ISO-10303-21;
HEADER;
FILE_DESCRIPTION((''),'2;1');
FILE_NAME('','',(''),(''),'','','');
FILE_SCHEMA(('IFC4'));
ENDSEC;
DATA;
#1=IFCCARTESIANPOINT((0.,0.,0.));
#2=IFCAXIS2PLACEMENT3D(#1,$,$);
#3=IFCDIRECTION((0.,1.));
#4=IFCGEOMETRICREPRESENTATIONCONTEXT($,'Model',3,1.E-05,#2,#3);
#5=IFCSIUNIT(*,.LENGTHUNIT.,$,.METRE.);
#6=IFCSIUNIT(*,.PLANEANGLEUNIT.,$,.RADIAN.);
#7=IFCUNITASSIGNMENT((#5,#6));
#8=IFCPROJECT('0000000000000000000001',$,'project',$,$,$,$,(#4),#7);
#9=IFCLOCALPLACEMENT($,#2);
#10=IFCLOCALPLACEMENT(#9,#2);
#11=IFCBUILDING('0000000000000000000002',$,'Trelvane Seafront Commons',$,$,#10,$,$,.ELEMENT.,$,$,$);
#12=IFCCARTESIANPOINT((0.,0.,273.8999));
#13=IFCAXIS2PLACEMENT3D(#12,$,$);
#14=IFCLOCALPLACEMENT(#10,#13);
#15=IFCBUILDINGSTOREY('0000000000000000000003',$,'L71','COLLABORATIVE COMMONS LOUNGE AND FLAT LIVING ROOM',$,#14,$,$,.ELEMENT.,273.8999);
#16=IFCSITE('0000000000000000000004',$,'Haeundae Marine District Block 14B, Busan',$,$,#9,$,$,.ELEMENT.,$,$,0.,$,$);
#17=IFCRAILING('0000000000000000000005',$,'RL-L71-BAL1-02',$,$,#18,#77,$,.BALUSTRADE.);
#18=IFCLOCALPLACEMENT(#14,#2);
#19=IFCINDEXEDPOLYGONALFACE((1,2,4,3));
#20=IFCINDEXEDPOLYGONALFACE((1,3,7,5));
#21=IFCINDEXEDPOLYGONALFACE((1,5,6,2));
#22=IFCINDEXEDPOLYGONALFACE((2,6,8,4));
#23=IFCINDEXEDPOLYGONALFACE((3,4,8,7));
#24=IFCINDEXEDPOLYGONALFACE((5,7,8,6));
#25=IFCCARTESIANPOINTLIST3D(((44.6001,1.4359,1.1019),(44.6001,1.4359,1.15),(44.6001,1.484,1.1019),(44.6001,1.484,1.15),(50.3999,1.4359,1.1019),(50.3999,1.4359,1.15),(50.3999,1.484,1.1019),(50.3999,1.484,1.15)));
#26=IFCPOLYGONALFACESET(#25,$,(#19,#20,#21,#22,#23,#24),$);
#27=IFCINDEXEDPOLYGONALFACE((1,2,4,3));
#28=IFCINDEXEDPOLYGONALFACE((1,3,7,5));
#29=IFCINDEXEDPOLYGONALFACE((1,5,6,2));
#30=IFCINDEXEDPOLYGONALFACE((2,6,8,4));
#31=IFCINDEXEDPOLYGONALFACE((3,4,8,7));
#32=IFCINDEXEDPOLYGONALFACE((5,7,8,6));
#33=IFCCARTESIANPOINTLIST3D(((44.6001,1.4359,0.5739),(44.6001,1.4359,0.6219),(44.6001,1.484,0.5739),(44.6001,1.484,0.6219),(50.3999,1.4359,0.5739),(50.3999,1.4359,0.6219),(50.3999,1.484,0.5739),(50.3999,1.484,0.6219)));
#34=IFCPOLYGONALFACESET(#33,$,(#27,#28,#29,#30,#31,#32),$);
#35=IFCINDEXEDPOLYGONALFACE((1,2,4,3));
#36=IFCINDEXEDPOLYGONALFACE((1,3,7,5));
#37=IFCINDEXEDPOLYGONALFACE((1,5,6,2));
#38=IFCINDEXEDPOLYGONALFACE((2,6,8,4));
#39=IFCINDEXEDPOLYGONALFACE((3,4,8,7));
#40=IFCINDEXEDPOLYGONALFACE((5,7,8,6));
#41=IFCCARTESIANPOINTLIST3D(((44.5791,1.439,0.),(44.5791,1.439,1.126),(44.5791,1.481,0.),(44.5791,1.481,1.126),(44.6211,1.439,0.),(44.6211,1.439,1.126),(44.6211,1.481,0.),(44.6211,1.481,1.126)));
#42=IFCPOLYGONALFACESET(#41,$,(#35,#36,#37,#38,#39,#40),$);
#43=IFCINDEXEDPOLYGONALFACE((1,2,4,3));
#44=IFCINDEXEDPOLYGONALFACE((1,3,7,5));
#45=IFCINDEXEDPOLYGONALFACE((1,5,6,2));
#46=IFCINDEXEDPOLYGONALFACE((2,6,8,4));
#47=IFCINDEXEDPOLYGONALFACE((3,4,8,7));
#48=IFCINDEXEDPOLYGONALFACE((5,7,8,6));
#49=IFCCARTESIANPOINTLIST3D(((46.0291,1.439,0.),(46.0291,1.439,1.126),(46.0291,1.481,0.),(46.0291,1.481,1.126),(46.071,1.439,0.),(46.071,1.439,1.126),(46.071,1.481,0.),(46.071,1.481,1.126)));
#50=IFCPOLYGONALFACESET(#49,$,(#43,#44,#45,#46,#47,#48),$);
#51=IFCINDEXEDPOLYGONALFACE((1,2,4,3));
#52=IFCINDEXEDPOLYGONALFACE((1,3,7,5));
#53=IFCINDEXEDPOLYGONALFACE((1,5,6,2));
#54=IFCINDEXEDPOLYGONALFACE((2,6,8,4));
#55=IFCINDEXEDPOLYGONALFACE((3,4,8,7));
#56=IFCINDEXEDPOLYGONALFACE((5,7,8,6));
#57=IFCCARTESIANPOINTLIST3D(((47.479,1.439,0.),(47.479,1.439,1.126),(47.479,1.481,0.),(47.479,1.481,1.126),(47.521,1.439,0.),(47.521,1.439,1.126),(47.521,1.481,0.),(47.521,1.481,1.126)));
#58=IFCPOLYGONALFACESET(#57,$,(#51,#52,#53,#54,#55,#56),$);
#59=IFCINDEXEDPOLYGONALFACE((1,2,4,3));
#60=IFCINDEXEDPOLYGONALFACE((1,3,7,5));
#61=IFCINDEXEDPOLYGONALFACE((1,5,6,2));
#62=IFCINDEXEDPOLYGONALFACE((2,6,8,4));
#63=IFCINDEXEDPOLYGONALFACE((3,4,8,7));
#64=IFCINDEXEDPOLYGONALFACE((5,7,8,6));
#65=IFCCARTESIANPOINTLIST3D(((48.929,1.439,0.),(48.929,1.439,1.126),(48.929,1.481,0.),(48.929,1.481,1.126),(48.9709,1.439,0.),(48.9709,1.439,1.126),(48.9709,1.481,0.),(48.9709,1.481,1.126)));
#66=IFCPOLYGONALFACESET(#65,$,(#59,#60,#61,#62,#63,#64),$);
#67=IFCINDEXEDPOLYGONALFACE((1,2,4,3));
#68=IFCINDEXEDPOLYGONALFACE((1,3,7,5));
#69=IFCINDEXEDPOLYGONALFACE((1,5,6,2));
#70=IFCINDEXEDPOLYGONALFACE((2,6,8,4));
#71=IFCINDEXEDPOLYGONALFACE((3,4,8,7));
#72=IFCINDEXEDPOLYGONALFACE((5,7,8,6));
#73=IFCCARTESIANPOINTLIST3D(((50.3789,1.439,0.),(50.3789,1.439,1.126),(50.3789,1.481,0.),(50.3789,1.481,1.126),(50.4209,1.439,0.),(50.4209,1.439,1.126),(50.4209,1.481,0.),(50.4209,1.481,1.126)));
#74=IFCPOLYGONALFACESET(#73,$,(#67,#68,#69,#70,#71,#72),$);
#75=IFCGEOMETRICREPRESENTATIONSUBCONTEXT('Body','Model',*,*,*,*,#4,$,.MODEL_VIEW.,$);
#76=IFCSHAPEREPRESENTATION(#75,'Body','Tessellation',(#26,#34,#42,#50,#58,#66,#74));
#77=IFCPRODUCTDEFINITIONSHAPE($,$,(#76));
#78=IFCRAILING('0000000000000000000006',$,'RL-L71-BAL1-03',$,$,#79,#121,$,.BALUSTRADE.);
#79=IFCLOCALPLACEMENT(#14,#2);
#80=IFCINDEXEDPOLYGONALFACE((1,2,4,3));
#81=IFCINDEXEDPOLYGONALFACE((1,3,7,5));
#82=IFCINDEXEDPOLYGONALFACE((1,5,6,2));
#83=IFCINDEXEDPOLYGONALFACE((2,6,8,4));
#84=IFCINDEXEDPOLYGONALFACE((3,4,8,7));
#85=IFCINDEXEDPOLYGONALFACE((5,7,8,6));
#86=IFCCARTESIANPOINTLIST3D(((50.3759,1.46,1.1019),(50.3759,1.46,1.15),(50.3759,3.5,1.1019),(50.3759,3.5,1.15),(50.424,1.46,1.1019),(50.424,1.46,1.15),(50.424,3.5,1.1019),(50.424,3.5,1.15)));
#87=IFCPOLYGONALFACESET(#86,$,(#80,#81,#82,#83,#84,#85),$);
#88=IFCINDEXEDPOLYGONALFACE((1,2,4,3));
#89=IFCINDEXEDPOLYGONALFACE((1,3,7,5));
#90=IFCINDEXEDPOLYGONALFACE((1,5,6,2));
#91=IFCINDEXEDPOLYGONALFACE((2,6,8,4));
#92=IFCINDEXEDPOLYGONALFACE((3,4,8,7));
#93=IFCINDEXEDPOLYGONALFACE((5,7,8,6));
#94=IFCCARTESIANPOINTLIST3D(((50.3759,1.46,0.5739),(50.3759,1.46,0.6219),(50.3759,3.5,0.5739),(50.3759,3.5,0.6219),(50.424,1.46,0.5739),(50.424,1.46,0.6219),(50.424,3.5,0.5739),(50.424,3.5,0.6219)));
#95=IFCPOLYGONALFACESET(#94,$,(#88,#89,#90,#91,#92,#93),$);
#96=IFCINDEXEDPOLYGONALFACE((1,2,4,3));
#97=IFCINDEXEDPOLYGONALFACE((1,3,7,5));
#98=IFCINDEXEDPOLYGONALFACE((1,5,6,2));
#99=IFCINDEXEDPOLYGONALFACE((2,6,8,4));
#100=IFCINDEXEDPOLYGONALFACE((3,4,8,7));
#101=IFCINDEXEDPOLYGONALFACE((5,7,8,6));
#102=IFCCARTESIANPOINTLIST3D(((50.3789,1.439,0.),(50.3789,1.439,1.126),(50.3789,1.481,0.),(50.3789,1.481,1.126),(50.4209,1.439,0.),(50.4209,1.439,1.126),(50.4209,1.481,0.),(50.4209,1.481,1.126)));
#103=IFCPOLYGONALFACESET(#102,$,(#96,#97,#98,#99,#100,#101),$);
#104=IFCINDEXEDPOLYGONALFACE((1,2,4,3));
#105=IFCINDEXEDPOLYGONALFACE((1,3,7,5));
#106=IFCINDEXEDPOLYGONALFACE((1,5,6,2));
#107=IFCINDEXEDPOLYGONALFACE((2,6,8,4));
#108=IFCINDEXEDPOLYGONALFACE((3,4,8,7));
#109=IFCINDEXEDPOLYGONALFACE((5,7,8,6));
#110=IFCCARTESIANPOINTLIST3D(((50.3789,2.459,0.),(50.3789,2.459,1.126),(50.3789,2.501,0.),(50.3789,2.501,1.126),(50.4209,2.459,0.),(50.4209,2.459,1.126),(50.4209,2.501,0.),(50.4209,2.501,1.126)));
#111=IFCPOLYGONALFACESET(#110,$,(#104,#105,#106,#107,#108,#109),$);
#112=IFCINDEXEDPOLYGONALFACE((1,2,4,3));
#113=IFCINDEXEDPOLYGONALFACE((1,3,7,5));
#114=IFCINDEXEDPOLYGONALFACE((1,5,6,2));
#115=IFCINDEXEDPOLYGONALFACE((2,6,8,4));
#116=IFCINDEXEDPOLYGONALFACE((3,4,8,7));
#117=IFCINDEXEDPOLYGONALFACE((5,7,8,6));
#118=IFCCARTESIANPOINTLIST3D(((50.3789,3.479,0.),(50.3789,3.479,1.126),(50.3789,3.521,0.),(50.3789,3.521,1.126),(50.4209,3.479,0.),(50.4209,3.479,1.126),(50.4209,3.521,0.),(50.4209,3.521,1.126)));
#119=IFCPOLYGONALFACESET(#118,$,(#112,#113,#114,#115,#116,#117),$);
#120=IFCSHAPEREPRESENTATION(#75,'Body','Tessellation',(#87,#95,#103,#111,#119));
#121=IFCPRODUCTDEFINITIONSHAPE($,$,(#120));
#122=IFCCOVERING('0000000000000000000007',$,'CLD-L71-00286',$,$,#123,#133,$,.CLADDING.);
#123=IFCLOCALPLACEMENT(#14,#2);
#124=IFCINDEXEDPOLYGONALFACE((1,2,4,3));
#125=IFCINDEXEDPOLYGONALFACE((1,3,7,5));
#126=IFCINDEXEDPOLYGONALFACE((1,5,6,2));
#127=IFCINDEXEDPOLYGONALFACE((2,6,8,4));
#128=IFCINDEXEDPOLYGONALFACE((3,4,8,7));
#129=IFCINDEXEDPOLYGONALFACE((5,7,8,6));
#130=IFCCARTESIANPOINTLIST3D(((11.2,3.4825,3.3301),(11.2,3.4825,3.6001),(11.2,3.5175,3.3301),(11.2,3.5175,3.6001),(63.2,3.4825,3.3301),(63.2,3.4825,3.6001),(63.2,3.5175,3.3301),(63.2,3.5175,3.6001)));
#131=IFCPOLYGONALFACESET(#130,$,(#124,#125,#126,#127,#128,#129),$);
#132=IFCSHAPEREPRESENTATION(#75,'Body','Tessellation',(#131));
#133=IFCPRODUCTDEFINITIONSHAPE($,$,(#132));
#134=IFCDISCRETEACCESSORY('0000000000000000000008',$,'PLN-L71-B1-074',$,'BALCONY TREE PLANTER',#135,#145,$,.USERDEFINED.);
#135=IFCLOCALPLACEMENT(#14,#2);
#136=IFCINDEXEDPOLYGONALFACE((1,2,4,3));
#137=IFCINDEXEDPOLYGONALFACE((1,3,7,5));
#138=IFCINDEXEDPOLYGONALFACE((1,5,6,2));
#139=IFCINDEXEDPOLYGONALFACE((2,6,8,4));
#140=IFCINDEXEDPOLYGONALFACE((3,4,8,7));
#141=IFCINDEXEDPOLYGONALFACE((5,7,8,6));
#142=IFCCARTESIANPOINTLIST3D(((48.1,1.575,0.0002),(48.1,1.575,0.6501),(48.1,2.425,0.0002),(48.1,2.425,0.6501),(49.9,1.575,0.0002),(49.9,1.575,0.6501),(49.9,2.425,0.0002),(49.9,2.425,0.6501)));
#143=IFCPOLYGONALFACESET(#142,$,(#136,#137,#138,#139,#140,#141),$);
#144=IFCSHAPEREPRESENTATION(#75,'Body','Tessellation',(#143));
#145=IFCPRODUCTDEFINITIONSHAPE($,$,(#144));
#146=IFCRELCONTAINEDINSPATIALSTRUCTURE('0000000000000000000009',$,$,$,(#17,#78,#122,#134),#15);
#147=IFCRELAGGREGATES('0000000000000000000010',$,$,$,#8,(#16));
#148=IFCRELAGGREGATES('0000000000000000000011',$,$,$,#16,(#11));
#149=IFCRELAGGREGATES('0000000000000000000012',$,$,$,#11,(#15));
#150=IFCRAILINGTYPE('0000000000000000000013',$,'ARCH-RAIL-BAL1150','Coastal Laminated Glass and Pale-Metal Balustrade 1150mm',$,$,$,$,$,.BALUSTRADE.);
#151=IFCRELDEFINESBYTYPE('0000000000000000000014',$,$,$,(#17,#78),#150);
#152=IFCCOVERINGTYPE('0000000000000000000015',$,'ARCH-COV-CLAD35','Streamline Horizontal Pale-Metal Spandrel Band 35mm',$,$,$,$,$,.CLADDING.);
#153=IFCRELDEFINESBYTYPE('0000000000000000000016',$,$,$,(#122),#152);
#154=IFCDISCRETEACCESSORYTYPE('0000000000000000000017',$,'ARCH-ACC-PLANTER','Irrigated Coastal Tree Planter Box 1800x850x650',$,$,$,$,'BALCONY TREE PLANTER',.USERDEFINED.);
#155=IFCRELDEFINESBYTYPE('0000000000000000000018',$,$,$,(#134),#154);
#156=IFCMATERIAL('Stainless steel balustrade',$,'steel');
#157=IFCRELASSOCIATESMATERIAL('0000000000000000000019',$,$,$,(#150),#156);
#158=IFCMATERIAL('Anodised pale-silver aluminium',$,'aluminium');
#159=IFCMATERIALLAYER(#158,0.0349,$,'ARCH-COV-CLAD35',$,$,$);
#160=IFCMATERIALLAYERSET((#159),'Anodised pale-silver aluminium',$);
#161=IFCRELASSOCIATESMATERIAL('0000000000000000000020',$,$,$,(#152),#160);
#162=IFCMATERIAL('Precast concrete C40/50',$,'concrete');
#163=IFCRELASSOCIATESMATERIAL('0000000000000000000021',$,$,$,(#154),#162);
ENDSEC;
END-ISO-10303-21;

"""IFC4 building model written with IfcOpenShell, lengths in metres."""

from ifc_helpers import new_model, si_unit, direction, frame, origin, origin_2d, place, context, subcontext, project, spatial, rectangle, extrude, source, transform, mapped, material, layer, layer_set, type_object, element, save


model = new_model("IFC4")

# Units and contexts
model_context = context("Model", 3, precision=1e-05, world=origin(), true_north=direction((0.0, 1.0)))
body_context = subcontext(model_context, "Body", "Model", "MODEL_VIEW")
ifc_project = project(units=[si_unit("LENGTHUNIT", "METRE"), si_unit("PLANEANGLEUNIT", "RADIAN")], contexts=[model_context])

# Site, building, storey
site_placement = place(None, origin())
site = spatial("IfcSite", under=ifc_project, at=site_placement, Name="Haeundae Marine District Block 14B, Busan", CompositionType="ELEMENT", RefElevation=0.0)
building_placement = place(site_placement, origin())
building = spatial("IfcBuilding", under=site, at=building_placement, Name="Trelvane Seafront Commons", CompositionType="ELEMENT")
storey_placement = place(building_placement, frame((0.0, 0.0, 273.8999)))
storey = spatial("IfcBuildingStorey", under=building, at=storey_placement, Name="L71", Description="COLLABORATIVE COMMONS LOUNGE AND FLAT LIVING ROOM", CompositionType="ELEMENT", Elevation=273.8999)

# Shared definitions
ifc_material_1 = material(Name="Anodised pale-silver aluminium", Category="aluminium")

# Railings
ifc_material_2 = material(Name="Stainless steel balustrade", Category="steel")
railing_type = type_object("IfcRailingType", Name="ARCH-RAIL-BAL1150", Description="Coastal Laminated Glass and Pale-Metal Balustrade 1150mm", PredefinedType="BALUSTRADE", material=ifc_material_2)
railing_1_placement = place(storey_placement, frame((44.6001, 1.46, 0.0)))
element("IfcRailing", 1, at=railing_1_placement, inside=storey, type_object=railing_type, Name="RL-L71-BAL1-02", PredefinedType="BALUSTRADE", context=body_context, shape_type="SweptSolid", body=[
    extrude(rectangle(XDim=0.0481, YDim=0.0481, at=origin_2d()), frame((0.0, 0.0, 1.126), z_axis=(1.0, 0.0, 0.0), x_axis=(0.0, 1.0, 0.0)), (0.0, 0.0, 1.0), 5.7998),
    extrude(rectangle(XDim=0.0481, YDim=0.0481, at=origin_2d()), frame((0.0, 0.0, 0.5979), z_axis=(1.0, 0.0, 0.0), x_axis=(0.0, 1.0, 0.0)), (0.0, 0.0, 1.0), 5.7998),
    extrude(rectangle(XDim=0.042, YDim=0.042, at=origin_2d()), origin(), (0.0, 0.0, 1.0), 1.126),
    extrude(rectangle(XDim=0.042, YDim=0.042, at=origin_2d()), frame((1.45, 0.0, 0.0)), (0.0, 0.0, 1.0), 1.126),
    extrude(rectangle(XDim=0.042, YDim=0.042, at=origin_2d()), frame((2.8999, 0.0, 0.0)), (0.0, 0.0, 1.0), 1.126),
    extrude(rectangle(XDim=0.042, YDim=0.042, at=origin_2d()), frame((4.3499, 0.0, 0.0)), (0.0, 0.0, 1.0), 1.126),
    extrude(rectangle(XDim=0.042, YDim=0.042, at=origin_2d()), frame((5.7998, 0.0, 0.0)), (0.0, 0.0, 1.0), 1.126),
])
railing_2_placement = place(storey_placement, frame((50.3999, 1.46, 0.0)))
element("IfcRailing", 2, at=railing_2_placement, inside=storey, type_object=railing_type, Name="RL-L71-BAL1-03", PredefinedType="BALUSTRADE", context=body_context, shape_type="SweptSolid", body=[
    extrude(rectangle(XDim=0.0481, YDim=0.0481, at=origin_2d()), frame((0.0, 0.0, 1.126), z_axis=(0.0, 1.0, 0.0), x_axis=(-1.0, 0.0, 0.0)), (0.0, 0.0, 1.0), 2.04),
    extrude(rectangle(XDim=0.0481, YDim=0.0481, at=origin_2d()), frame((0.0, 0.0, 0.5979), z_axis=(0.0, 1.0, 0.0), x_axis=(-1.0, 0.0, 0.0)), (0.0, 0.0, 1.0), 2.04),
    extrude(rectangle(XDim=0.042, YDim=0.042, at=origin_2d()), origin(), (0.0, 0.0, 1.0), 1.126),
    extrude(rectangle(XDim=0.042, YDim=0.042, at=origin_2d()), frame((0.0, 1.02, 0.0)), (0.0, 0.0, 1.0), 1.126),
    extrude(rectangle(XDim=0.042, YDim=0.042, at=origin_2d()), frame((0.0, 2.04, 0.0)), (0.0, 0.0, 1.0), 1.126),
])

# Covering
ifc_layer_1 = layer(ifc_material_1, 0.0349, Name="ARCH-COV-CLAD35")
ifc_layer_set_1 = layer_set([ifc_layer_1], Name="Anodised pale-silver aluminium")
covering_type = type_object("IfcCoveringType", Name="ARCH-COV-CLAD35", Description="Streamline Horizontal Pale-Metal Spandrel Band 35mm", PredefinedType="CLADDING", material=ifc_layer_set_1)
shared_shape_1 = source(origin(), body_context, "Body", "SweptSolid", [
    extrude(rectangle(XDim=52.0, YDim=0.0349, at=origin_2d()), origin(), (0.0, 0.0, 1.0), 0.27),
])
covering_placement = place(storey_placement, frame((37.2, 3.5, 3.3301), z_axis=(0.0, 0.0, 1.0), x_axis=(-1.0, 0.0, 0.0)))
element("IfcCovering", 3, at=covering_placement, inside=storey, type_object=covering_type, Name="CLD-L71-00286", PredefinedType="CLADDING", context=body_context, shape_type="MappedRepresentation", body=[
    mapped(shared_shape_1, transform((0.0, 0.0, 0.0), x_axis=(1.0, 0.0, 0.0), y_axis=(0.0, 1.0, 0.0), z_axis=(0.0, 0.0, 1.0), scale=1.0)),
])

# Discrete accessory
ifc_material_3 = material(Name="Precast concrete C40/50", Category="concrete")
discrete_accessory_type = type_object("IfcDiscreteAccessoryType", Name="ARCH-ACC-PLANTER", Description="Irrigated Coastal Tree Planter Box 1800x850x650", ElementType="BALCONY TREE PLANTER", PredefinedType="USERDEFINED", material=ifc_material_3)
shared_shape_2 = source(origin(), body_context, "Body", "SweptSolid", [
    extrude(rectangle(XDim=1.8, YDim=0.8501, at=origin_2d()), origin(), (0.0, 0.0, 1.0), 0.6499),
])
discrete_accessory_placement = place(storey_placement, frame((49.0, 2.0, 0.0002), z_axis=(0.0, 0.0, 1.0), x_axis=(1.0, 0.0, 0.0)))
element("IfcDiscreteAccessory", 4, at=discrete_accessory_placement, inside=storey, type_object=discrete_accessory_type, Name="PLN-L71-B1-074", ObjectType="BALCONY TREE PLANTER", PredefinedType="USERDEFINED", context=body_context, shape_type="MappedRepresentation", body=[
    mapped(shared_shape_2, transform((0.0, 0.0, 0.0), x_axis=(1.0, 0.0, 0.0), y_axis=(0.0, 1.0, 0.0), z_axis=(0.0, 0.0, 1.0), scale=1.0)),
])

save(model, "model.ifc")
